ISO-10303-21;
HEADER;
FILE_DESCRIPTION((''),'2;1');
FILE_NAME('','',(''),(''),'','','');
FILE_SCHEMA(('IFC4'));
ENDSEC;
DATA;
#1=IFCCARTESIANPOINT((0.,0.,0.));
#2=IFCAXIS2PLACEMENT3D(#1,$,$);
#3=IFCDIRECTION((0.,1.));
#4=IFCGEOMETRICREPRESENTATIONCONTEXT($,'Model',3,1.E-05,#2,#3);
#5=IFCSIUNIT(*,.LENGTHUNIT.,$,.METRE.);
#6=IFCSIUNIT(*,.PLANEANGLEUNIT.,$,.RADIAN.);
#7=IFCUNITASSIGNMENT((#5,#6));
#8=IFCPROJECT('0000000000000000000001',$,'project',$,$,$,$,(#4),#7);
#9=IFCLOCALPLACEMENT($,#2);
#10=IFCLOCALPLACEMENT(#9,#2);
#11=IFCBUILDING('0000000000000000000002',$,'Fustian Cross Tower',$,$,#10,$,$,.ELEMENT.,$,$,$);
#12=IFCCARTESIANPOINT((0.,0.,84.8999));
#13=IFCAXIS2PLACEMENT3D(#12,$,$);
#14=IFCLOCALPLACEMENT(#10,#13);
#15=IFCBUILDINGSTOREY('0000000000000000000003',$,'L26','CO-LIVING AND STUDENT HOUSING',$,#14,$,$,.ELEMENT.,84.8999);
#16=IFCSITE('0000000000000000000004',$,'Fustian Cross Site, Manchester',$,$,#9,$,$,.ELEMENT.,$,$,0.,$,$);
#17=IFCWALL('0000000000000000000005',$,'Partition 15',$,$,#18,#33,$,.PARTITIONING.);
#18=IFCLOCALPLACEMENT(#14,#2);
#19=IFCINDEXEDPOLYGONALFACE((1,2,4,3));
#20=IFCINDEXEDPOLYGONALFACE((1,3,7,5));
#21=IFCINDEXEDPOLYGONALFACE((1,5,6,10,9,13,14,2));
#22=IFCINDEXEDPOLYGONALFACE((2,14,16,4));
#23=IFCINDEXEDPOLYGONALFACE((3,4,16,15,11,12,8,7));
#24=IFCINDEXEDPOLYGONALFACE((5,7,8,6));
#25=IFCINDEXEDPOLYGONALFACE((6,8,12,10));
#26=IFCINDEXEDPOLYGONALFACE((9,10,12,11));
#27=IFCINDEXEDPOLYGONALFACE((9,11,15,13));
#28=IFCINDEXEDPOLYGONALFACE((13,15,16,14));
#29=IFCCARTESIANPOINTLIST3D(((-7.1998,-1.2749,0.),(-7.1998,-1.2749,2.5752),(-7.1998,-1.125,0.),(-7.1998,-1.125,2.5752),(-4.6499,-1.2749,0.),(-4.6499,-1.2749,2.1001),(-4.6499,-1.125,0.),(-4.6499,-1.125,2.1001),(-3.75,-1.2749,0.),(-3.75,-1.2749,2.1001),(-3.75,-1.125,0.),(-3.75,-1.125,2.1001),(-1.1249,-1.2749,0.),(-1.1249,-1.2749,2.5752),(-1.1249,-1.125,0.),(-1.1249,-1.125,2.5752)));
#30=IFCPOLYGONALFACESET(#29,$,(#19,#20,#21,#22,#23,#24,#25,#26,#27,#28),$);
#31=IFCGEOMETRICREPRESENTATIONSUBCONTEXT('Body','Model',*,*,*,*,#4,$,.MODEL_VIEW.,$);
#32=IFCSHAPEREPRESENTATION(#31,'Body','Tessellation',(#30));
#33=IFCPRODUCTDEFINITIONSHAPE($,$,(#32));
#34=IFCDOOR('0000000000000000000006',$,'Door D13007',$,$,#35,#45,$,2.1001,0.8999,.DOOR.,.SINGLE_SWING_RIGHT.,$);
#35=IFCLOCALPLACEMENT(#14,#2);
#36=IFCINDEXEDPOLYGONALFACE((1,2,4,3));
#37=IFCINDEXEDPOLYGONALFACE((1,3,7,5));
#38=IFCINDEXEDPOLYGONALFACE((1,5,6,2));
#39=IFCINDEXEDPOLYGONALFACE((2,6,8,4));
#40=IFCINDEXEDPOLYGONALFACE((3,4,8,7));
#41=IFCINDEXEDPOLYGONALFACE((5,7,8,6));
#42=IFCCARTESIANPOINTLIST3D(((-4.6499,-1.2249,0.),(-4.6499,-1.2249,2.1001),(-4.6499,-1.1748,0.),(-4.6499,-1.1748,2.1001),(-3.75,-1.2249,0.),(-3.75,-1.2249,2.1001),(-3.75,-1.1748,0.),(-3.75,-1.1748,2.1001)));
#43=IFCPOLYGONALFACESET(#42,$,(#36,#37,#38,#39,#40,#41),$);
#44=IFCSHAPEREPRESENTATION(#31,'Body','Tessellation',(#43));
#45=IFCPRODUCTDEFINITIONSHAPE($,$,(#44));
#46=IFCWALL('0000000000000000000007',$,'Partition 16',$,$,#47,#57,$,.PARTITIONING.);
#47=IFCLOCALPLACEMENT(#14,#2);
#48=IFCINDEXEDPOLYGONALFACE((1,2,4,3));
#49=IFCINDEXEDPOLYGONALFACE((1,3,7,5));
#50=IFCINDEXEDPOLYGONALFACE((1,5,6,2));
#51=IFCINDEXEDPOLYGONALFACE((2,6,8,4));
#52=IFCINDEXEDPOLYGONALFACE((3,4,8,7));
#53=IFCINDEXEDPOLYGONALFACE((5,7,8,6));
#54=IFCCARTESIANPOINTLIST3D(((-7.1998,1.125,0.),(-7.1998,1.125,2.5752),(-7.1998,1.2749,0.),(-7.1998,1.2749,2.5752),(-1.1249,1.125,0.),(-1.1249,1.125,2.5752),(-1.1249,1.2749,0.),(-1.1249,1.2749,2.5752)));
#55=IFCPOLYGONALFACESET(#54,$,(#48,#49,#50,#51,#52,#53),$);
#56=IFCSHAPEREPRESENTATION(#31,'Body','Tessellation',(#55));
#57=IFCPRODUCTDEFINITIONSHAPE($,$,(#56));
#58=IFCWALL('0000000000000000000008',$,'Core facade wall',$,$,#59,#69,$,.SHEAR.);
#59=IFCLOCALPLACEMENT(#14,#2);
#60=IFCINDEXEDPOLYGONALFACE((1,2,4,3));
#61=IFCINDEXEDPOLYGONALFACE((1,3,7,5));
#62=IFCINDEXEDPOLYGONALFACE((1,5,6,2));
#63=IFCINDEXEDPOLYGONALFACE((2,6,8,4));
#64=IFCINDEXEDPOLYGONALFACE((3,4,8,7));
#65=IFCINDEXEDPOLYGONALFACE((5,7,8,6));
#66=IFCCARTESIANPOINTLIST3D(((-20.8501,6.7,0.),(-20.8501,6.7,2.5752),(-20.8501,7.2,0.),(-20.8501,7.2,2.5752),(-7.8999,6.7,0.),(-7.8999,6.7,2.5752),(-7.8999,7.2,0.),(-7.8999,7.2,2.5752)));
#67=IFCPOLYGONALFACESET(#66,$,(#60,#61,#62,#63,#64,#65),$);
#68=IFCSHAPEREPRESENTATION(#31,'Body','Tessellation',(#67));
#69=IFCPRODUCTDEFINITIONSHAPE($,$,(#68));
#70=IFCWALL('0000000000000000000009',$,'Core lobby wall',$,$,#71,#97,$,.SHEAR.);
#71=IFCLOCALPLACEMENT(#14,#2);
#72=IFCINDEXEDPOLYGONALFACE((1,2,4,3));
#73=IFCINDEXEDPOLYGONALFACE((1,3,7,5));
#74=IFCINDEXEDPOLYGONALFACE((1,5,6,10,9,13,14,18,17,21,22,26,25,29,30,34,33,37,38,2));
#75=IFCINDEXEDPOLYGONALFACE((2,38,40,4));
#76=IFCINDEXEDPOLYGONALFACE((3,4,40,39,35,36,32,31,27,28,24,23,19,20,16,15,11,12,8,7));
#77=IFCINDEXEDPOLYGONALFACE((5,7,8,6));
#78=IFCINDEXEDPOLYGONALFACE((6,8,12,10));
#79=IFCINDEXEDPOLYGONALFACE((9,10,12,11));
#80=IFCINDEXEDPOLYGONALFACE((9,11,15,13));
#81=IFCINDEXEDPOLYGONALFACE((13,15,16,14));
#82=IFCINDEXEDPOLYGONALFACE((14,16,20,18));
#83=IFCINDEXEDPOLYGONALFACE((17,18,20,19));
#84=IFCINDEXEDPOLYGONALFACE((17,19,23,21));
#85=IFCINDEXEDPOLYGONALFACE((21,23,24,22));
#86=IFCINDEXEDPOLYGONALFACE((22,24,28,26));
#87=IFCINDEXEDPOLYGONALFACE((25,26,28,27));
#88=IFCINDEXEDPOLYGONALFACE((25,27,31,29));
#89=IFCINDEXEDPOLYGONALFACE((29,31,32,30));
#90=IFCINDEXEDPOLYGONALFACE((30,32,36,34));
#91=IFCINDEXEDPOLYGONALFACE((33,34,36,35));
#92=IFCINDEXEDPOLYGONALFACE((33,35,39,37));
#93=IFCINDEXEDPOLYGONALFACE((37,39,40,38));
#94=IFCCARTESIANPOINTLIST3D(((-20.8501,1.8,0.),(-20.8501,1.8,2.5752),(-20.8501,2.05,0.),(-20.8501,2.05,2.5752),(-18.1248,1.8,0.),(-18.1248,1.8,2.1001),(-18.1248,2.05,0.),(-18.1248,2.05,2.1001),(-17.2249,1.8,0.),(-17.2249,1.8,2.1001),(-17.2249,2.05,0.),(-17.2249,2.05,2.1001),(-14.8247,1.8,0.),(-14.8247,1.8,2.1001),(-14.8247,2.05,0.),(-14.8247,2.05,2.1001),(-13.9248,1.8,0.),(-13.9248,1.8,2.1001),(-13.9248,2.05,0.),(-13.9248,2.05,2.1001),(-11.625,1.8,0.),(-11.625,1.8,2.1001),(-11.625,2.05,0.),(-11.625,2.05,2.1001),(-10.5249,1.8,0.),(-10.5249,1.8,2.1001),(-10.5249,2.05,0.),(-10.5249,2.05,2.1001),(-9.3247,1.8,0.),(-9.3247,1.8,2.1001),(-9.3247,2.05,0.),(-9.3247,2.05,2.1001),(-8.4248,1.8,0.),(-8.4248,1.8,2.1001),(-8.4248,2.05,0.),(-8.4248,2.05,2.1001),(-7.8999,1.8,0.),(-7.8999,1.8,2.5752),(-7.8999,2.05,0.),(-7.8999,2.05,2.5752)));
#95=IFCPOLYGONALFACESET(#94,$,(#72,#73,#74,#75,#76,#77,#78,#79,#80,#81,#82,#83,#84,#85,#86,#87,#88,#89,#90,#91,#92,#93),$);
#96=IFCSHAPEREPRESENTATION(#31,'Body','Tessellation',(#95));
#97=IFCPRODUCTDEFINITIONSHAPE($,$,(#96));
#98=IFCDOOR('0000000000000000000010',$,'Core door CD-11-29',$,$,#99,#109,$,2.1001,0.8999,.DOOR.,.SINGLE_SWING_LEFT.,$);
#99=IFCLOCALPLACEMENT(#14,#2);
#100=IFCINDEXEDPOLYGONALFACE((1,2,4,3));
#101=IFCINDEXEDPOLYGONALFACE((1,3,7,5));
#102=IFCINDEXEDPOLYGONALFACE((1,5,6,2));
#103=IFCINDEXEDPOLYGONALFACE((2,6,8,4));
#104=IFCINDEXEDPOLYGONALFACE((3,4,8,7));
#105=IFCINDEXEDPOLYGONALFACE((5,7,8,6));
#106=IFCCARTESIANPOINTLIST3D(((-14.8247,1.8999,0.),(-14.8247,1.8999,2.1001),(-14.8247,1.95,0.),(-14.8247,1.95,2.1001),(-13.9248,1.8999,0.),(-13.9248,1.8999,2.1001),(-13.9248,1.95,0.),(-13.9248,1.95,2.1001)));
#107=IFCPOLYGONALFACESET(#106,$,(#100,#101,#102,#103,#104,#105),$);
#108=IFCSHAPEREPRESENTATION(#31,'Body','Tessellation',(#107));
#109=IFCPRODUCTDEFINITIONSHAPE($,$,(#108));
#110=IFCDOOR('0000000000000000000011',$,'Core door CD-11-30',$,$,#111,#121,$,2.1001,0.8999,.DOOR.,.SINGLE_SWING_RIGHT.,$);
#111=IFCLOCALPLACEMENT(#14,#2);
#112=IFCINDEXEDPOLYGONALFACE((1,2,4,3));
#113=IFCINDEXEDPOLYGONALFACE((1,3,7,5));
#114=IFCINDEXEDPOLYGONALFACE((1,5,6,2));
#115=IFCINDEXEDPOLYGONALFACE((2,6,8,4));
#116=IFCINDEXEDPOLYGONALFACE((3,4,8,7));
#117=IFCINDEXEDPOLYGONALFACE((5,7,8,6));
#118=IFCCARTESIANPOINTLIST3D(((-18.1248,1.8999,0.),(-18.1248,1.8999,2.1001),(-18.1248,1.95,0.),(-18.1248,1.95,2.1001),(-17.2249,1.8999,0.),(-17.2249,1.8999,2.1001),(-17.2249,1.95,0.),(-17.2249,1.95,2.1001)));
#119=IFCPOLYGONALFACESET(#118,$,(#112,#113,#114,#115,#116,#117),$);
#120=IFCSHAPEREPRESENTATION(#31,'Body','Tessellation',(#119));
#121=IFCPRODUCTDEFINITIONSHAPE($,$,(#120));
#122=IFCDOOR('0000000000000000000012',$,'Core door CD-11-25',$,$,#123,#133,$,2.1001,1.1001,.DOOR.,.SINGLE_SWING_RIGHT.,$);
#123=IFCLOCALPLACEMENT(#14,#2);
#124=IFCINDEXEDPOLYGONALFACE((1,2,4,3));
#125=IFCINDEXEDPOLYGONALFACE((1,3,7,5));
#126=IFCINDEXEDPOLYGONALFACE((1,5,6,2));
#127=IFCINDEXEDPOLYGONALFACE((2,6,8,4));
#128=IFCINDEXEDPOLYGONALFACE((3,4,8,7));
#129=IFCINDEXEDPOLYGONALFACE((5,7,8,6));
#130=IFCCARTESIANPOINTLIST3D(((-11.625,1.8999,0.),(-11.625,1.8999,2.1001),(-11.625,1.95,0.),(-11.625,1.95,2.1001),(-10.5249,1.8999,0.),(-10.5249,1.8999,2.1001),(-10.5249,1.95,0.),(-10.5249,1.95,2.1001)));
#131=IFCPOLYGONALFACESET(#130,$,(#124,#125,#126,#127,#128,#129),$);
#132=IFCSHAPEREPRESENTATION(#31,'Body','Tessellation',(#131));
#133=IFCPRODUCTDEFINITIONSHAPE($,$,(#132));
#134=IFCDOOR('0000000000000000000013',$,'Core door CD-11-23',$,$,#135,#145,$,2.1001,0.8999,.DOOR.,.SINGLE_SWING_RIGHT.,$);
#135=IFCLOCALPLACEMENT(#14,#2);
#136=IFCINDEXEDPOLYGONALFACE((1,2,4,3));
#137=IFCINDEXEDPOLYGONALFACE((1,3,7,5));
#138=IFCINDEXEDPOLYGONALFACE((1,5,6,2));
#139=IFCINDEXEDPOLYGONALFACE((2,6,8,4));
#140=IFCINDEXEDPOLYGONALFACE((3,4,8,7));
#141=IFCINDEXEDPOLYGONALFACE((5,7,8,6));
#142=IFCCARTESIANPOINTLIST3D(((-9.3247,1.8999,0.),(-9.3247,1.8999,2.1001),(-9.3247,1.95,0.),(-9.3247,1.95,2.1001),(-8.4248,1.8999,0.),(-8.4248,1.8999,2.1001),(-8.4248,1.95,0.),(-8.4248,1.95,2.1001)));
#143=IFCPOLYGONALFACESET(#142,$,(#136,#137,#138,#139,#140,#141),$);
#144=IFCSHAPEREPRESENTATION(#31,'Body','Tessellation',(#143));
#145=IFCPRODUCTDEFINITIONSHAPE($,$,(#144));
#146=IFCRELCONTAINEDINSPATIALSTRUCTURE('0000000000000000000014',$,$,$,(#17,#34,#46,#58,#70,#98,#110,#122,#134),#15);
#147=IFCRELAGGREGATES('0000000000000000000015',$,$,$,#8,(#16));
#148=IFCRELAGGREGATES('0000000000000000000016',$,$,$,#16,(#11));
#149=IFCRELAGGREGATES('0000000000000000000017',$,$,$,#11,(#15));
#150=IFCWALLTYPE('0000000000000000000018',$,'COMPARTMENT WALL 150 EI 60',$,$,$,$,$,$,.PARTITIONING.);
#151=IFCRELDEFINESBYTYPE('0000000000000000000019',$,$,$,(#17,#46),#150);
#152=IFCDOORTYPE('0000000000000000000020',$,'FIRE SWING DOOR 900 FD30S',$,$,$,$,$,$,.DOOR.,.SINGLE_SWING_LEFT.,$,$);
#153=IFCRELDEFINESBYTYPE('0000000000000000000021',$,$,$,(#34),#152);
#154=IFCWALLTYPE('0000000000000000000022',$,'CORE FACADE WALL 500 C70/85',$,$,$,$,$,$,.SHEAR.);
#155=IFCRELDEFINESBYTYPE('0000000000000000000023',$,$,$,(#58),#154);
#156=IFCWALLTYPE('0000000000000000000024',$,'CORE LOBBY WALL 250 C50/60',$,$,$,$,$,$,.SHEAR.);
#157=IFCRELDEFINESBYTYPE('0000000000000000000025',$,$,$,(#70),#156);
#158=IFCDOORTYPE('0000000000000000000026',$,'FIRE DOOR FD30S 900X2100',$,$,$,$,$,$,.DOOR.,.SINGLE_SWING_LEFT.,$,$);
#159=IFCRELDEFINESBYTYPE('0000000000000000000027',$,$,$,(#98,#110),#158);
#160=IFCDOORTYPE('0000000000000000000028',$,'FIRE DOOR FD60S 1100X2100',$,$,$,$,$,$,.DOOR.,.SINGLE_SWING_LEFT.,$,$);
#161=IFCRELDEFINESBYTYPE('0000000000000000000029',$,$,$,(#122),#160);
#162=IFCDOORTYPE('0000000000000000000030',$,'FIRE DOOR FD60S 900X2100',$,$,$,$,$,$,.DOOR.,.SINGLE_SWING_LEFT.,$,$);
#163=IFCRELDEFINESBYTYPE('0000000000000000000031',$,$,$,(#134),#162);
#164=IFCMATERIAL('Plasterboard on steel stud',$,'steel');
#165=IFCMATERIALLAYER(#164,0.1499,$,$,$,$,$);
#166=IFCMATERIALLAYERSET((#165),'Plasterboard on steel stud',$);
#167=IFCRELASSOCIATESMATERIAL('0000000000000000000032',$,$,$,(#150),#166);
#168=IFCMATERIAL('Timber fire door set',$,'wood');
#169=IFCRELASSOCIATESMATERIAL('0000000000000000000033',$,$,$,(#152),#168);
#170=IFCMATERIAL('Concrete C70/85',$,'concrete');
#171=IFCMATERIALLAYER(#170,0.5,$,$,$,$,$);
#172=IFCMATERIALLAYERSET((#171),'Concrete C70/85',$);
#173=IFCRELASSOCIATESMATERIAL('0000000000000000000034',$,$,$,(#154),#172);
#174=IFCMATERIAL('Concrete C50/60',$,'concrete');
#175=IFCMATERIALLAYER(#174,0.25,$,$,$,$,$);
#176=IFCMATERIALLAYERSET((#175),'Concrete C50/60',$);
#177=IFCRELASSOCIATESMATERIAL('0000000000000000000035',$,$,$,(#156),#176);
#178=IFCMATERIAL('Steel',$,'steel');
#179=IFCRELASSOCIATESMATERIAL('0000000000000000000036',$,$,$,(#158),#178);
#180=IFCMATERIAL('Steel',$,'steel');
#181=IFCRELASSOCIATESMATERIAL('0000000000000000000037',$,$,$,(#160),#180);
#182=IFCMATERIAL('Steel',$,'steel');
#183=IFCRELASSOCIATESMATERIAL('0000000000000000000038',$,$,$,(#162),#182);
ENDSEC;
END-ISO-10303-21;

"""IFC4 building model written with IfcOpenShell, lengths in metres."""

from ifc_helpers import new_model, si_unit, direction, frame, frame_2d, origin, place, context, subcontext, project, spatial, rectangle, extrude, material, layer, layer_set, type_object, element, fill, save


model = new_model("IFC4")

# Units and contexts
model_context = context("Model", 3, precision=1e-05, world=origin(), true_north=direction((0.0, 1.0)))
body_context = subcontext(model_context, "Body", "Model", "MODEL_VIEW")
ifc_project = project(units=[si_unit("LENGTHUNIT", "METRE"), si_unit("PLANEANGLEUNIT", "RADIAN")], contexts=[model_context])

# Site, building, storey
site_placement = place(None, origin())
site = spatial("IfcSite", under=ifc_project, at=site_placement, Name="Fustian Cross Site, Manchester", CompositionType="ELEMENT", RefElevation=0.0)
building_placement = place(site_placement, origin())
building = spatial("IfcBuilding", under=site, at=building_placement, Name="Fustian Cross Tower", CompositionType="ELEMENT")
storey_placement = place(building_placement, frame((0.0, 0.0, 84.8999)))
storey = spatial("IfcBuildingStorey", under=building, at=storey_placement, Name="L26", Description="CO-LIVING AND STUDENT HOUSING", CompositionType="ELEMENT", Elevation=84.8999)

# Wall, opening, door
ifc_material_1 = material(Name="Plasterboard on steel stud", Category="steel")
ifc_layer_1 = layer(ifc_material_1, 0.1499)
ifc_layer_set_1 = layer_set([ifc_layer_1], Name="Plasterboard on steel stud")
wall_type_1 = type_object("IfcWallType", Name="COMPARTMENT WALL 150 EI 60", PredefinedType="PARTITIONING", material=ifc_layer_set_1)
wall_1_placement = place(storey_placement, frame((-7.2, -1.2, 0.0), z_axis=(0.0, 0.0, 1.0), x_axis=(1.0, 0.0, 0.0)))
wall_1 = element("IfcWall", 1, at=wall_1_placement, inside=storey, type_object=wall_type_1, Name="Partition 15", PredefinedType="PARTITIONING", context=body_context, shape_type="SweptSolid", body=[
    extrude(rectangle(XDim=6.075, YDim=0.1499, at=frame_2d((3.0376, 0.0))), origin(), (0.0, 0.0, 1.0), 2.5752),
])
opening_1_placement = place(wall_1_placement, frame((2.55, 0.0, 0.0)))
opening_1 = element("IfcOpeningElement", 2, at=opening_1_placement, cuts=wall_1, PredefinedType="OPENING", context=body_context, shape_type="SweptSolid", body=[
    extrude(rectangle(XDim=0.8999, YDim=2.1001, at=frame_2d((0.45, 1.05))), frame((0.0, 0.085, 0.0), z_axis=(0.0, -1.0, 0.0), x_axis=(1.0, 0.0, 0.0)), (0.0, 0.0, 1.0), 0.1699),
])
ifc_material_2 = material(Name="Timber fire door set", Category="wood")
door_type_1 = type_object("IfcDoorType", Name="FIRE SWING DOOR 900 FD30S", OperationType="SINGLE_SWING_LEFT", PredefinedType="DOOR", material=ifc_material_2)
door_1_placement = place(opening_1_placement, frame((0.8999, 0.0, 0.0), z_axis=(0.0, 0.0, 1.0), x_axis=(-1.0, 0.0, 0.0)))
door_1 = element("IfcDoor", 3, at=door_1_placement, inside=storey, type_object=door_type_1, Name="Door D13007", OperationType="SINGLE_SWING_RIGHT", OverallHeight=2.1001, OverallWidth=0.8999, PredefinedType="DOOR", context=body_context, shape_type="SweptSolid", body=[
    extrude(rectangle(XDim=0.8999, YDim=2.1001, at=frame_2d((0.45, 1.05))), frame((0.0, 0.0249, 0.0), z_axis=(0.0, -1.0, 0.0), x_axis=(1.0, 0.0, 0.0)), (0.0, 0.0, 1.0), 0.05),
])
fill(opening_1, door_1)

# Walls
wall_2_placement = place(storey_placement, frame((-7.2, 1.2, 0.0), z_axis=(0.0, 0.0, 1.0), x_axis=(1.0, 0.0, 0.0)))
element("IfcWall", 4, at=wall_2_placement, inside=storey, type_object=wall_type_1, Name="Partition 16", PredefinedType="PARTITIONING", context=body_context, shape_type="SweptSolid", body=[
    extrude(rectangle(XDim=6.075, YDim=0.1499, at=frame_2d((3.0376, 0.0))), origin(), (0.0, 0.0, 1.0), 2.5752),
])
ifc_material_3 = material(Name="Concrete C70/85", Category="concrete")
ifc_layer_2 = layer(ifc_material_3, 0.5)
ifc_layer_set_2 = layer_set([ifc_layer_2], Name="Concrete C70/85")
wall_type_2 = type_object("IfcWallType", Name="CORE FACADE WALL 500 C70/85", PredefinedType="SHEAR", material=ifc_layer_set_2)
wall_3_placement = place(storey_placement, frame((-7.8999, 6.95, 0.0), z_axis=(0.0, 0.0, 1.0), x_axis=(-1.0, 0.0, 0.0)))
element("IfcWall", 5, at=wall_3_placement, inside=storey, type_object=wall_type_2, Name="Core facade wall", PredefinedType="SHEAR", context=body_context, shape_type="SweptSolid", body=[
    extrude(rectangle(XDim=12.9502, YDim=0.5, at=frame_2d((6.4751, 0.0))), origin(), (0.0, 0.0, 1.0), 2.5752),
])

# Wall, openings, doors
ifc_material_4 = material(Name="Concrete C50/60", Category="concrete")
ifc_layer_3 = layer(ifc_material_4, 0.25)
ifc_layer_set_3 = layer_set([ifc_layer_3], Name="Concrete C50/60")
wall_type_3 = type_object("IfcWallType", Name="CORE LOBBY WALL 250 C50/60", PredefinedType="SHEAR", material=ifc_layer_set_3)
wall_4_placement = place(storey_placement, frame((-7.8999, 1.925, 0.0), z_axis=(0.0, 0.0, 1.0), x_axis=(-1.0, 0.0, 0.0)))
wall_4 = element("IfcWall", 6, at=wall_4_placement, inside=storey, type_object=wall_type_3, Name="Core lobby wall", PredefinedType="SHEAR", context=body_context, shape_type="SweptSolid", body=[
    extrude(rectangle(XDim=12.9502, YDim=0.25, at=frame_2d((6.4751, 0.0))), origin(), (0.0, 0.0, 1.0), 2.5752),
])
opening_2_placement = place(wall_4_placement, frame((0.5249, 0.0, 0.0)))
opening_2 = element("IfcOpeningElement", 7, at=opening_2_placement, cuts=wall_4, PredefinedType="OPENING", context=body_context, shape_type="SweptSolid", body=[
    extrude(rectangle(XDim=0.8999, YDim=2.1001, at=frame_2d((0.45, 1.05))), frame((0.0, 0.135, 0.0), z_axis=(0.0, -1.0, 0.0), x_axis=(1.0, 0.0, 0.0)), (0.0, 0.0, 1.0), 0.27),
])
opening_3_placement = place(wall_4_placement, frame((2.625, 0.0, 0.0)))
opening_3 = element("IfcOpeningElement", 8, at=opening_3_placement, cuts=wall_4, PredefinedType="OPENING", context=body_context, shape_type="SweptSolid", body=[
    extrude(rectangle(XDim=1.1001, YDim=2.1001, at=frame_2d((0.55, 1.05))), frame((0.0, 0.135, 0.0), z_axis=(0.0, -1.0, 0.0), x_axis=(1.0, 0.0, 0.0)), (0.0, 0.0, 1.0), 0.27),
])
opening_4_placement = place(wall_4_placement, frame((6.0249, 0.0, 0.0)))
opening_4 = element("IfcOpeningElement", 9, at=opening_4_placement, cuts=wall_4, PredefinedType="OPENING", context=body_context, shape_type="SweptSolid", body=[
    extrude(rectangle(XDim=0.8999, YDim=2.1001, at=frame_2d((0.45, 1.05))), frame((0.0, 0.135, 0.0), z_axis=(0.0, -1.0, 0.0), x_axis=(1.0, 0.0, 0.0)), (0.0, 0.0, 1.0), 0.27),
])
opening_5_placement = place(wall_4_placement, frame((9.325, 0.0, 0.0)))
opening_5 = element("IfcOpeningElement", 10, at=opening_5_placement, cuts=wall_4, PredefinedType="OPENING", context=body_context, shape_type="SweptSolid", body=[
    extrude(rectangle(XDim=0.8999, YDim=2.1001, at=frame_2d((0.45, 1.05))), frame((0.0, 0.135, 0.0), z_axis=(0.0, -1.0, 0.0), x_axis=(1.0, 0.0, 0.0)), (0.0, 0.0, 1.0), 0.27),
])
ifc_material_5 = material(Name="Steel", Category="steel")
door_type_2 = type_object("IfcDoorType", Name="FIRE DOOR FD30S 900X2100", OperationType="SINGLE_SWING_LEFT", PredefinedType="DOOR", material=ifc_material_5)
door_2_placement = place(opening_4_placement, frame((0.8999, 0.0, 0.0), z_axis=(0.0, 0.0, 1.0), x_axis=(-1.0, 0.0, 0.0)))
door_2 = element("IfcDoor", 11, at=door_2_placement, inside=storey, type_object=door_type_2, Name="Core door CD-11-29", OperationType="SINGLE_SWING_LEFT", OverallHeight=2.1001, OverallWidth=0.8999, PredefinedType="DOOR", context=body_context, shape_type="SweptSolid", body=[
    extrude(rectangle(XDim=0.8999, YDim=2.1001, at=frame_2d((0.45, 1.05))), frame((0.0, 0.0249, 0.0), z_axis=(0.0, -1.0, 0.0), x_axis=(1.0, 0.0, 0.0)), (0.0, 0.0, 1.0), 0.05),
])
fill(opening_4, door_2)
door_3_placement = place(opening_5_placement, frame((0.8999, 0.0, 0.0), z_axis=(0.0, 0.0, 1.0), x_axis=(-1.0, 0.0, 0.0)))
door_3 = element("IfcDoor", 12, at=door_3_placement, inside=storey, type_object=door_type_2, Name="Core door CD-11-30", OperationType="SINGLE_SWING_RIGHT", OverallHeight=2.1001, OverallWidth=0.8999, PredefinedType="DOOR", context=body_context, shape_type="SweptSolid", body=[
    extrude(rectangle(XDim=0.8999, YDim=2.1001, at=frame_2d((0.45, 1.05))), frame((0.0, 0.0249, 0.0), z_axis=(0.0, -1.0, 0.0), x_axis=(1.0, 0.0, 0.0)), (0.0, 0.0, 1.0), 0.05),
])
fill(opening_5, door_3)
ifc_material_6 = material(Name="Steel", Category="steel")
door_type_3 = type_object("IfcDoorType", Name="FIRE DOOR FD60S 1100X2100", OperationType="SINGLE_SWING_LEFT", PredefinedType="DOOR", material=ifc_material_6)
door_4_placement = place(opening_3_placement, frame((1.1001, 0.0, 0.0), z_axis=(0.0, 0.0, 1.0), x_axis=(-1.0, 0.0, 0.0)))
door_4 = element("IfcDoor", 13, at=door_4_placement, inside=storey, type_object=door_type_3, Name="Core door CD-11-25", OperationType="SINGLE_SWING_RIGHT", OverallHeight=2.1001, OverallWidth=1.1001, PredefinedType="DOOR", context=body_context, shape_type="SweptSolid", body=[
    extrude(rectangle(XDim=1.1001, YDim=2.1001, at=frame_2d((0.55, 1.05))), frame((0.0, 0.0249, 0.0), z_axis=(0.0, -1.0, 0.0), x_axis=(1.0, 0.0, 0.0)), (0.0, 0.0, 1.0), 0.05),
])
fill(opening_3, door_4)
ifc_material_7 = material(Name="Steel", Category="steel")
door_type_4 = type_object("IfcDoorType", Name="FIRE DOOR FD60S 900X2100", OperationType="SINGLE_SWING_LEFT", PredefinedType="DOOR", material=ifc_material_7)
door_5_placement = place(opening_2_placement, frame((0.8999, 0.0, 0.0), z_axis=(0.0, 0.0, 1.0), x_axis=(-1.0, 0.0, 0.0)))
door_5 = element("IfcDoor", 14, at=door_5_placement, inside=storey, type_object=door_type_4, Name="Core door CD-11-23", OperationType="SINGLE_SWING_RIGHT", OverallHeight=2.1001, OverallWidth=0.8999, PredefinedType="DOOR", context=body_context, shape_type="SweptSolid", body=[
    extrude(rectangle(XDim=0.8999, YDim=2.1001, at=frame_2d((0.45, 1.05))), frame((0.0, 0.0249, 0.0), z_axis=(0.0, -1.0, 0.0), x_axis=(1.0, 0.0, 0.0)), (0.0, 0.0, 1.0), 0.05),
])
fill(opening_2, door_5)

save(model, "model.ifc")
